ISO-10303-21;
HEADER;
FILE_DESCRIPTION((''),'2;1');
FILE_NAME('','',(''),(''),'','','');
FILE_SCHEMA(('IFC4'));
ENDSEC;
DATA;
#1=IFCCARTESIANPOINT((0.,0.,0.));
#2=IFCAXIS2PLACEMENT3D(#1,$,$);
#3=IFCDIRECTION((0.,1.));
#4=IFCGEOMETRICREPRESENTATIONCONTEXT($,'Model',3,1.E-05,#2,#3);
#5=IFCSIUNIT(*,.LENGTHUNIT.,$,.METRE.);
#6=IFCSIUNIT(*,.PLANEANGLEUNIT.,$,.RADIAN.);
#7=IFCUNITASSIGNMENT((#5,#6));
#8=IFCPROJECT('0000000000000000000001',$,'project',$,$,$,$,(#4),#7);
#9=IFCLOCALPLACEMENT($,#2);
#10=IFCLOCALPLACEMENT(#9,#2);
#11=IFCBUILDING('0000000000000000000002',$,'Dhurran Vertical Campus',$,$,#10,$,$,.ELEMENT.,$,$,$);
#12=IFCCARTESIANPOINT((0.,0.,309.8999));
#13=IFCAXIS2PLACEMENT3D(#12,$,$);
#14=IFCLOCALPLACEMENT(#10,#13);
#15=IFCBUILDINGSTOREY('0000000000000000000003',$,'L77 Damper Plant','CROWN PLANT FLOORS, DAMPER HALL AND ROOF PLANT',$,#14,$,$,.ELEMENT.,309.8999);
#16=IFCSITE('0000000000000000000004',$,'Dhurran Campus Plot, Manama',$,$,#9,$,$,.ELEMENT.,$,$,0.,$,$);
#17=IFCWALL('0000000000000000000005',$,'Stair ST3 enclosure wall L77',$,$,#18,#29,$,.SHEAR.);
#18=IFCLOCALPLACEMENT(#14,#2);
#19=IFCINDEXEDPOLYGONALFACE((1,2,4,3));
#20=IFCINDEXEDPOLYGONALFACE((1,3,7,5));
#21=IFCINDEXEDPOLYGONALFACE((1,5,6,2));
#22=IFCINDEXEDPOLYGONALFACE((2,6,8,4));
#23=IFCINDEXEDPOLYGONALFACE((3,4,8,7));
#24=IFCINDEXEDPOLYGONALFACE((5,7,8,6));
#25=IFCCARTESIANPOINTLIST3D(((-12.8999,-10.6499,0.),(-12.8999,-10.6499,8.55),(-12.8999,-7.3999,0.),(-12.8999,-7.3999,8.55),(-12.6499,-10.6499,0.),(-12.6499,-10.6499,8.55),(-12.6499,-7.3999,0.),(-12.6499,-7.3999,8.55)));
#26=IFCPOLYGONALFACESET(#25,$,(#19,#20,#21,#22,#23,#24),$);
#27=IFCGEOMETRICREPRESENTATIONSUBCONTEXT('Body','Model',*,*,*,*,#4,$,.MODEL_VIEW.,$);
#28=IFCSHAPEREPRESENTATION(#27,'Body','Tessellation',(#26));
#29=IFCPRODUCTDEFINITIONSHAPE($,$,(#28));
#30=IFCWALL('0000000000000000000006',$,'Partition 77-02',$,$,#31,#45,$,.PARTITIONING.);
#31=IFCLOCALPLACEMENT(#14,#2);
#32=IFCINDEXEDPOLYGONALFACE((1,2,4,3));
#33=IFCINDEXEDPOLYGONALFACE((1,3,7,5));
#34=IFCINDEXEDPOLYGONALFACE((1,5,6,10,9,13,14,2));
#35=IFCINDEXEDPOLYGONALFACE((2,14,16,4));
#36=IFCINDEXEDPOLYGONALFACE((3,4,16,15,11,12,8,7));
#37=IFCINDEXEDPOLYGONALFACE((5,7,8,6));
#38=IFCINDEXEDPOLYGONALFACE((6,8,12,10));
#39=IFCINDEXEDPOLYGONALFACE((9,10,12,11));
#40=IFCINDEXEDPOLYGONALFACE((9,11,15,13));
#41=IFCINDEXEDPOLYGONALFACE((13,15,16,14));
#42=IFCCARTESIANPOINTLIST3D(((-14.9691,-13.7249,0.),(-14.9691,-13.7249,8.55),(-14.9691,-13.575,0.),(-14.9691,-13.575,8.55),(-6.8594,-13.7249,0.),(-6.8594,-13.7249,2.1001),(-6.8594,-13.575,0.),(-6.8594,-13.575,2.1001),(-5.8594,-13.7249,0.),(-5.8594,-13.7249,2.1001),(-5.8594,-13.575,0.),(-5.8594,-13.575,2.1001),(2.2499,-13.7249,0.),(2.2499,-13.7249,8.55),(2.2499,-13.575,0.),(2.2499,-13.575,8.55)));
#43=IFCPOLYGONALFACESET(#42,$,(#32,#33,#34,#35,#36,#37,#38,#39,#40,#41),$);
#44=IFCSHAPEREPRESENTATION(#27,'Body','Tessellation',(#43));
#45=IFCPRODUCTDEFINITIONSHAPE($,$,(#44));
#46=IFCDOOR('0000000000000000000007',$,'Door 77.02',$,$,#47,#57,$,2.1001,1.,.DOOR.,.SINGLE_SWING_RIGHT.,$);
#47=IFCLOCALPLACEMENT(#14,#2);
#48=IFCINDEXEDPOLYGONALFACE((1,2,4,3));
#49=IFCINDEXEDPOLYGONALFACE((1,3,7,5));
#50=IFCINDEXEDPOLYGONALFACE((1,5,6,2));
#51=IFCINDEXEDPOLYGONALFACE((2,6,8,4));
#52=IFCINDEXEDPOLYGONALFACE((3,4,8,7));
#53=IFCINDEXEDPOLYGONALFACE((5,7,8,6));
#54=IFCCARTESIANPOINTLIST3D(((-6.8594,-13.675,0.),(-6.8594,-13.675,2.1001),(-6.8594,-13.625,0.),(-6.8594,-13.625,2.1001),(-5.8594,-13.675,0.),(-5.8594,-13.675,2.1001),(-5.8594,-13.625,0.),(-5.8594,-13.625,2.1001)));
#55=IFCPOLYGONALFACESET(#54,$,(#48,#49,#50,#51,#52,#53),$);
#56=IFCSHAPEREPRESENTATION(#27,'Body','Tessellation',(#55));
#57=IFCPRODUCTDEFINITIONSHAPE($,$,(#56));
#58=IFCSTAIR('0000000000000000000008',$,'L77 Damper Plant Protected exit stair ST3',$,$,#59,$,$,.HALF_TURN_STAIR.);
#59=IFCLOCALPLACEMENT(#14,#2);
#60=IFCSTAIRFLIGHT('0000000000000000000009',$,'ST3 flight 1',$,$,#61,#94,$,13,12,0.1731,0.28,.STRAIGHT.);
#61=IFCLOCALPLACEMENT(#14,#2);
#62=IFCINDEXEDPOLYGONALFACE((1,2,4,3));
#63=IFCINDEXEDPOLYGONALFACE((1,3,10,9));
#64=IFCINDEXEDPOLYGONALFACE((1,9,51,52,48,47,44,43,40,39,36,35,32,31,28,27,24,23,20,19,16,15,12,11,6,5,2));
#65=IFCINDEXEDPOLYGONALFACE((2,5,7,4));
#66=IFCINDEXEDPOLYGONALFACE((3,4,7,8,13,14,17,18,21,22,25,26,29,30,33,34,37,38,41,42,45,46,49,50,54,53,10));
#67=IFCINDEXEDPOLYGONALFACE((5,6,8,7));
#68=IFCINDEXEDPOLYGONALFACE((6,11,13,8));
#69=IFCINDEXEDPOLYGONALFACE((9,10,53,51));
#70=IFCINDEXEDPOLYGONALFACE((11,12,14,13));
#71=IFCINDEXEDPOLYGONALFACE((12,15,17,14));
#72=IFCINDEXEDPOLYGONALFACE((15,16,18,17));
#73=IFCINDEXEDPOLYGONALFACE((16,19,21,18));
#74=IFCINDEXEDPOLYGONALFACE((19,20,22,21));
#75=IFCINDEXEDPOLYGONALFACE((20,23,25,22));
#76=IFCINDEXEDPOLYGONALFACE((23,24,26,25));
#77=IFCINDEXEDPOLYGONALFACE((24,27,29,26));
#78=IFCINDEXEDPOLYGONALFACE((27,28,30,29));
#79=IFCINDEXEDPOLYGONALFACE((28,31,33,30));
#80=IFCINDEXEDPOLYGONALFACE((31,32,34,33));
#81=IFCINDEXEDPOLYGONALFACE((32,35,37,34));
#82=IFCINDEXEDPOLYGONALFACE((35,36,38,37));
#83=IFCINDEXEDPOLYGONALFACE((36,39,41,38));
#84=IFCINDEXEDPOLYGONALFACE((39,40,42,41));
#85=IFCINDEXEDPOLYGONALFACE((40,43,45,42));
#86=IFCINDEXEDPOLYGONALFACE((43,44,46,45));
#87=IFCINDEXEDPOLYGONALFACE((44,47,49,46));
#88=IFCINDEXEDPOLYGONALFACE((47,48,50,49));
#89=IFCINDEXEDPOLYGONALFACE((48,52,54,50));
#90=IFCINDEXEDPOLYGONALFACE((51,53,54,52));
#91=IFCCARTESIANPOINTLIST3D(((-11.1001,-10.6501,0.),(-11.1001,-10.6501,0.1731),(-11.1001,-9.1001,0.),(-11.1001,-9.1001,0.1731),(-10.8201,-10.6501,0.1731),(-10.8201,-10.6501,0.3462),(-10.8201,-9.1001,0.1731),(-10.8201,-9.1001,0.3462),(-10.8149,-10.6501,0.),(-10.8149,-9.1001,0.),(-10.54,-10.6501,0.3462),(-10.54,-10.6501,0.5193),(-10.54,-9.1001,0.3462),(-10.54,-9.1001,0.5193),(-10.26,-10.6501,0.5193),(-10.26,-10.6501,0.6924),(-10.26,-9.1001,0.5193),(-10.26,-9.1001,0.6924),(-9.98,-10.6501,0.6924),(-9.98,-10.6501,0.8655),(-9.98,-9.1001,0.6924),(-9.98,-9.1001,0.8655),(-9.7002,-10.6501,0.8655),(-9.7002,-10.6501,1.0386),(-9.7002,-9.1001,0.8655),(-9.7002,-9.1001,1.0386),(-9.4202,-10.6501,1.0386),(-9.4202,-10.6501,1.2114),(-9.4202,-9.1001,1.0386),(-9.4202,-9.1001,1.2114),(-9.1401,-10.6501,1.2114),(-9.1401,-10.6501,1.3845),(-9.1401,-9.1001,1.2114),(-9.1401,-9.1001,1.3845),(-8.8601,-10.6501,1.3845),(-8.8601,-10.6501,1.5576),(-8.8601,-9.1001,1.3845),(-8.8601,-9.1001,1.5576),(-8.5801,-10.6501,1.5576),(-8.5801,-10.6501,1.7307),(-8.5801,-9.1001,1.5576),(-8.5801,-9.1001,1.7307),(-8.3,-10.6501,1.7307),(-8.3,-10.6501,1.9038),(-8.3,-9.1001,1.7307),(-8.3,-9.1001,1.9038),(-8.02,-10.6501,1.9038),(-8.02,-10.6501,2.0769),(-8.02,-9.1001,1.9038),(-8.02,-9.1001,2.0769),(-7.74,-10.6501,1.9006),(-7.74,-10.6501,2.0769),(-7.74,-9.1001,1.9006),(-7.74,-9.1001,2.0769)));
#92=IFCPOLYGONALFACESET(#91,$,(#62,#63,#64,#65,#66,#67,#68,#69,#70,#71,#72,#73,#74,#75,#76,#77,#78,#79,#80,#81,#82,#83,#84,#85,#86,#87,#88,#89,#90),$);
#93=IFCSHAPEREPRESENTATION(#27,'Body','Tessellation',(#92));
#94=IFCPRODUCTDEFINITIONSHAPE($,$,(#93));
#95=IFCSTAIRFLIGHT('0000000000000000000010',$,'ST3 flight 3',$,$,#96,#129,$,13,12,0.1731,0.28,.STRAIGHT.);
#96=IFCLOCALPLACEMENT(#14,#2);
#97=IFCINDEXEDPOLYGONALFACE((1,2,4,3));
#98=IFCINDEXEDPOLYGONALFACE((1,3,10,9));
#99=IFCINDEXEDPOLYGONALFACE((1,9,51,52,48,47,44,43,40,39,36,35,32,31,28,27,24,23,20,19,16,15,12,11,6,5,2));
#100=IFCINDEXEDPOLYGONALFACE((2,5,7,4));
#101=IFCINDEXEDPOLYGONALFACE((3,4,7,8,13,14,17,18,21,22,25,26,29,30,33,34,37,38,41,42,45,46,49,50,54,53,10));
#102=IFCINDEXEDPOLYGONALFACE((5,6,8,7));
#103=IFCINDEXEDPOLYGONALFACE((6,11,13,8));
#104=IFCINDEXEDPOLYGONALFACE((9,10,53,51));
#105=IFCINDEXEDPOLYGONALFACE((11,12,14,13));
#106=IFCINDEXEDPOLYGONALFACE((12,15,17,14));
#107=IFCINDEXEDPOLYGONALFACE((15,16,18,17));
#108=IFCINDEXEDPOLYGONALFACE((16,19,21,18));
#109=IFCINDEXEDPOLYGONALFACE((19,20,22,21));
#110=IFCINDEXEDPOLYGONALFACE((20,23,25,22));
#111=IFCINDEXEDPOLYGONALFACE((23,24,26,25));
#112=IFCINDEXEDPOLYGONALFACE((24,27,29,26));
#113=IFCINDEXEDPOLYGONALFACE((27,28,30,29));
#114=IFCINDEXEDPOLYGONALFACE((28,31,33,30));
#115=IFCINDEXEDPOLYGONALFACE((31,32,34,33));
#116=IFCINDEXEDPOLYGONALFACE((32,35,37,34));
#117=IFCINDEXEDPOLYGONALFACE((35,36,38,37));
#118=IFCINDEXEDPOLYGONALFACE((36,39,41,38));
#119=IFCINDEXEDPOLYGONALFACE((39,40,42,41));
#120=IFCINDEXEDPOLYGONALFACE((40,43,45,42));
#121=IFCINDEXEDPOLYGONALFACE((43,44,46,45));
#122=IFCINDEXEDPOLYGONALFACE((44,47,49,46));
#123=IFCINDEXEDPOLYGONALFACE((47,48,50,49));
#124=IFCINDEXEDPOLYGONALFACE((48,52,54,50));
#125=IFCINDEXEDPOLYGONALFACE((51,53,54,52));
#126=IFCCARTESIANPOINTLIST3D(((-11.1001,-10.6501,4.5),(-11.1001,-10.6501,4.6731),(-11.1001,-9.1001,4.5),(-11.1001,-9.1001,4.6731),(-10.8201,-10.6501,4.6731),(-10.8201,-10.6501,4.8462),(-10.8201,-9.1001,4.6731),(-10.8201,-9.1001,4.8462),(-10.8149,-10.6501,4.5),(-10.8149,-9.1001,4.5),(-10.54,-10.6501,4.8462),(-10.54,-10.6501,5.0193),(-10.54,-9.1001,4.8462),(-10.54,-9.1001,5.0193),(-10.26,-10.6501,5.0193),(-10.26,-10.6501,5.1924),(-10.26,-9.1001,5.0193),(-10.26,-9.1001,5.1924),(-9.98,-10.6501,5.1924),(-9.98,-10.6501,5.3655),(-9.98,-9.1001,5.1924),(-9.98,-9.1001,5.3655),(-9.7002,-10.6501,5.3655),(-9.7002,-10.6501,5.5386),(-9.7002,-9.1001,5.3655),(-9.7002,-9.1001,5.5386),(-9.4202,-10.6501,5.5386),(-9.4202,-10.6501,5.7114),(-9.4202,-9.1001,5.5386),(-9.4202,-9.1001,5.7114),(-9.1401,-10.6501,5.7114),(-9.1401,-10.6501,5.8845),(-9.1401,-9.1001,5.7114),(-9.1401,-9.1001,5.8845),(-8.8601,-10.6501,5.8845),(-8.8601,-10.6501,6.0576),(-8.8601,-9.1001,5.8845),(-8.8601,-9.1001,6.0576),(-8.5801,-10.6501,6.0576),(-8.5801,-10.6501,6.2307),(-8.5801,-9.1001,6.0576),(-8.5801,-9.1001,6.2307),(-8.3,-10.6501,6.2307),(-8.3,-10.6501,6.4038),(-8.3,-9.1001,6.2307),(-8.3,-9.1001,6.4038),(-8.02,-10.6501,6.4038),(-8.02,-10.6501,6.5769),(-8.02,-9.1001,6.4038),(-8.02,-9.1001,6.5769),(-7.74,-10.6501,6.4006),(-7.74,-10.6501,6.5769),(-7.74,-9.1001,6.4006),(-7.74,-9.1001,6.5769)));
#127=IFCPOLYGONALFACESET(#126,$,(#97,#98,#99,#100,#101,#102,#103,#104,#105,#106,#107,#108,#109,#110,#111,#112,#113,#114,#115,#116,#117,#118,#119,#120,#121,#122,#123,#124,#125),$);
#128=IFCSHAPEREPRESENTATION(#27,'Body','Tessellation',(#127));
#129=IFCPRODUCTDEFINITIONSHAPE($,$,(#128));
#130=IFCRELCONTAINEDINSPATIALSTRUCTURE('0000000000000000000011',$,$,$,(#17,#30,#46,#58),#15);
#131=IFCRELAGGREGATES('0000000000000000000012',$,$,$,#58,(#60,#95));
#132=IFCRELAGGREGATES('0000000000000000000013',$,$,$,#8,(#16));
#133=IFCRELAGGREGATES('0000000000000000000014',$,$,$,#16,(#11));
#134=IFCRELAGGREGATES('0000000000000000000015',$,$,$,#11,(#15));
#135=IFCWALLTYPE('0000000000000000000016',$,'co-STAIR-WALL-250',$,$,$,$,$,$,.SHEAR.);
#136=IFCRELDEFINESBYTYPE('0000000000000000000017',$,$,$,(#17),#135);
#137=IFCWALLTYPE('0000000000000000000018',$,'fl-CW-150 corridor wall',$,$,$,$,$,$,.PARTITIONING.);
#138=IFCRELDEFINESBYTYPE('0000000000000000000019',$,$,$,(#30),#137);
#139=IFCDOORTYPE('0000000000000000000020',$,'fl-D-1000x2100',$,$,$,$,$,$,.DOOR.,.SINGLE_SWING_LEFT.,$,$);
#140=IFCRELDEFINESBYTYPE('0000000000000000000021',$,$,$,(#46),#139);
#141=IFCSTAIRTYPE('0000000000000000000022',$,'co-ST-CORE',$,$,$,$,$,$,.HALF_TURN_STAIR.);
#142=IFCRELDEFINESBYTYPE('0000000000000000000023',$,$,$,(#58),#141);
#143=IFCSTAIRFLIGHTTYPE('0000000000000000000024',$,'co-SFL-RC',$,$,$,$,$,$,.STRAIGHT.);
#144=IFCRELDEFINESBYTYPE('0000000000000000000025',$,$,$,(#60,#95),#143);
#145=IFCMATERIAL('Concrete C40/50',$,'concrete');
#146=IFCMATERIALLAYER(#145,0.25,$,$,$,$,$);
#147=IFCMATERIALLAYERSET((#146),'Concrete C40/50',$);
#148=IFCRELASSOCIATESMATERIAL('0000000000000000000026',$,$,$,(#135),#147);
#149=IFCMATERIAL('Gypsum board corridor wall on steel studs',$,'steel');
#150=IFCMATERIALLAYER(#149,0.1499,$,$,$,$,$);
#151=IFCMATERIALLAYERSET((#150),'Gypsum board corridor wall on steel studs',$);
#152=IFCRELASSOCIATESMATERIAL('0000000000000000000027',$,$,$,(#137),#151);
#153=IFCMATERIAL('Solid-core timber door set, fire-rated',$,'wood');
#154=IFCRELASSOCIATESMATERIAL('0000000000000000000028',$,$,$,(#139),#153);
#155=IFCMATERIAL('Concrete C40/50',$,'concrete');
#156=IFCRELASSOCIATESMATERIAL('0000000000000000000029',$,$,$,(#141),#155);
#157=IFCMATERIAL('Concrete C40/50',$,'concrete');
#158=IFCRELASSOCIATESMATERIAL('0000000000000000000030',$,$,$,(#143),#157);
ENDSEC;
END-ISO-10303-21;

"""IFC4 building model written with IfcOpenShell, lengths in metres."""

from ifc_helpers import new_model, si_unit, direction, frame, frame_2d, origin, place, context, subcontext, project, spatial, polyline, rectangle, outline, extrude, material, layer, layer_set, type_object, element, fill, aggregate, save


model = new_model("IFC4")

# Units and contexts
model_context = context("Model", 3, precision=1e-05, world=origin(), true_north=direction((0.0, 1.0)))
body_context = subcontext(model_context, "Body", "Model", "MODEL_VIEW")
ifc_project = project(units=[si_unit("LENGTHUNIT", "METRE"), si_unit("PLANEANGLEUNIT", "RADIAN")], contexts=[model_context])

# Site, building, storey
site_placement = place(None, origin())
site = spatial("IfcSite", under=ifc_project, at=site_placement, Name="Dhurran Campus Plot, Manama", CompositionType="ELEMENT", RefElevation=0.0)
building_placement = place(site_placement, origin())
building = spatial("IfcBuilding", under=site, at=building_placement, Name="Dhurran Vertical Campus", CompositionType="ELEMENT")
storey_placement = place(building_placement, frame((0.0, 0.0, 309.8999)))
storey = spatial("IfcBuildingStorey", under=building, at=storey_placement, Name="L77 Damper Plant", Description="CROWN PLANT FLOORS, DAMPER HALL AND ROOF PLANT", CompositionType="ELEMENT", Elevation=309.8999)

# Wall
ifc_material_1 = material(Name="Concrete C40/50", Category="concrete")
ifc_layer_1 = layer(ifc_material_1, 0.25)
ifc_layer_set_1 = layer_set([ifc_layer_1], Name="Concrete C40/50")
wall_type_1 = type_object("IfcWallType", Name="co-STAIR-WALL-250", PredefinedType="SHEAR", material=ifc_layer_set_1)
wall_1_placement = place(storey_placement, frame((-12.7749, -10.6499, 0.0), z_axis=(0.0, 0.0, 1.0), x_axis=(0.0, 1.0, 0.0)))
element("IfcWall", 1, at=wall_1_placement, inside=storey, type_object=wall_type_1, Name="Stair ST3 enclosure wall L77", PredefinedType="SHEAR", context=body_context, shape_type="SweptSolid", body=[
    extrude(rectangle(XDim=3.25, YDim=0.25, at=frame_2d((1.625, 0.0))), origin(), (0.0, 0.0, 1.0), 8.55),
])

# Wall, opening, door
ifc_material_2 = material(Name="Gypsum board corridor wall on steel studs", Category="steel")
ifc_layer_2 = layer(ifc_material_2, 0.1499)
ifc_layer_set_2 = layer_set([ifc_layer_2], Name="Gypsum board corridor wall on steel studs")
wall_type_2 = type_object("IfcWallType", Name="fl-CW-150 corridor wall", PredefinedType="PARTITIONING", material=ifc_layer_set_2)
wall_2_placement = place(storey_placement, frame((-14.969, -13.6499, 0.0), z_axis=(0.0, 0.0, 1.0), x_axis=(1.0, 0.0, 0.0)))
wall_2 = element("IfcWall", 2, at=wall_2_placement, inside=storey, type_object=wall_type_2, Name="Partition 77-02", PredefinedType="PARTITIONING", context=body_context, shape_type="SweptSolid", body=[
    extrude(rectangle(XDim=17.219, YDim=0.1499, at=frame_2d((8.6094, 0.0))), origin(), (0.0, 0.0, 1.0), 8.55),
])
opening_1_placement = place(wall_2_placement, frame((8.1096, 0.0, 0.0)))
opening_1 = element("IfcOpeningElement", 3, at=opening_1_placement, cuts=wall_2, PredefinedType="OPENING", context=body_context, shape_type="SweptSolid", body=[
    extrude(rectangle(XDim=1.0, YDim=2.1001, at=frame_2d((0.5, 1.05))), frame((0.0, 0.085, 0.0), z_axis=(0.0, -1.0, 0.0), x_axis=(1.0, 0.0, 0.0)), (0.0, 0.0, 1.0), 0.1699),
])
ifc_material_3 = material(Name="Solid-core timber door set, fire-rated", Category="wood")
door_type_1 = type_object("IfcDoorType", Name="fl-D-1000x2100", OperationType="SINGLE_SWING_LEFT", PredefinedType="DOOR", material=ifc_material_3)
door_1_placement = place(opening_1_placement, origin())
door_1 = element("IfcDoor", 4, at=door_1_placement, inside=storey, type_object=door_type_1, Name="Door 77.02", OperationType="SINGLE_SWING_RIGHT", OverallHeight=2.1001, OverallWidth=1.0, PredefinedType="DOOR", context=body_context, shape_type="SweptSolid", body=[
    extrude(rectangle(XDim=1.0, YDim=2.1001, at=frame_2d((0.5, 1.05))), frame((0.0, 0.0249, 0.0), z_axis=(0.0, -1.0, 0.0), x_axis=(1.0, 0.0, 0.0)), (0.0, 0.0, 1.0), 0.05),
])
fill(opening_1, door_1)

# Stair, stair flights
ifc_material_4 = material(Name="Concrete C40/50", Category="concrete")
stair_type = type_object("IfcStairType", Name="co-ST-CORE", PredefinedType="HALF_TURN_STAIR", material=ifc_material_4)
stair_placement = place(storey_placement, origin())
stair = element("IfcStair", 5, at=stair_placement, inside=storey, type_object=stair_type, Name="L77 Damper Plant Protected exit stair ST3", PredefinedType="HALF_TURN_STAIR")
ifc_material_5 = material(Name="Concrete C40/50", Category="concrete")
stair_flight_type = type_object("IfcStairFlightType", Name="co-SFL-RC", PredefinedType="STRAIGHT", material=ifc_material_5)
stair_flight_1_placement = place(storey_placement, frame((-11.1001, -9.875, 0.0), z_axis=(0.0, 0.0, 1.0), x_axis=(1.0, 0.0, 0.0)))
stair_flight_1 = element("IfcStairFlight", 6, at=stair_flight_1_placement, type_object=stair_flight_type, Name="ST3 flight 1", NumberOfRisers=13, NumberOfTreads=12, PredefinedType="STRAIGHT", RiserHeight=0.1731, TreadLength=0.28, context=body_context, shape_type="SweptSolid", body=[
    extrude(outline(polyline([(0.0, 0.0), (0.0, 0.1731), (0.28, 0.1731), (0.28, 0.3462), (0.5601, 0.3462), (0.5601, 0.5193), (0.8401, 0.5193), (0.8401, 0.6924), (1.1201, 0.6924), (1.1201, 0.8655), (1.3999, 0.8655), (1.3999, 1.0386), (1.6799, 1.0386), (1.6799, 1.2114), (1.96, 1.2114), (1.96, 1.3845), (2.24, 1.3845), (2.24, 1.5576), (2.52, 1.5576), (2.52, 1.7307), (2.8, 1.7307), (2.8, 1.9038), (3.0801, 1.9038), (3.0801, 2.0769), (3.3601, 2.0769), (3.3601, 2.25), (3.3601, 1.9006), (0.2852, 0.0), (0.0, 0.0)])), frame((0.0, 0.7749, 0.0), z_axis=(0.0, -1.0, 0.0), x_axis=(1.0, 0.0, 0.0)), (0.0, 0.0, 1.0), 1.55),
])
stair_flight_2_placement = place(storey_placement, frame((-11.1001, -9.875, 4.5), z_axis=(0.0, 0.0, 1.0), x_axis=(1.0, 0.0, 0.0)))
stair_flight_2 = element("IfcStairFlight", 7, at=stair_flight_2_placement, type_object=stair_flight_type, Name="ST3 flight 3", NumberOfRisers=13, NumberOfTreads=12, PredefinedType="STRAIGHT", RiserHeight=0.1731, TreadLength=0.28, context=body_context, shape_type="SweptSolid", body=[
    extrude(outline(polyline([(0.0, 0.0), (0.0, 0.1731), (0.28, 0.1731), (0.28, 0.3462), (0.5601, 0.3462), (0.5601, 0.5193), (0.8401, 0.5193), (0.8401, 0.6924), (1.1201, 0.6924), (1.1201, 0.8655), (1.3999, 0.8655), (1.3999, 1.0386), (1.6799, 1.0386), (1.6799, 1.2114), (1.96, 1.2114), (1.96, 1.3845), (2.24, 1.3845), (2.24, 1.5576), (2.52, 1.5576), (2.52, 1.7307), (2.8, 1.7307), (2.8, 1.9038), (3.0801, 1.9038), (3.0801, 2.0769), (3.3601, 2.0769), (3.3601, 2.25), (3.3601, 1.9006), (0.2852, 0.0), (0.0, 0.0)])), frame((0.0, 0.7749, 0.0), z_axis=(0.0, -1.0, 0.0), x_axis=(1.0, 0.0, 0.0)), (0.0, 0.0, 1.0), 1.55),
])
aggregate(stair, [stair_flight_1, stair_flight_2])

save(model, "model.ifc")
